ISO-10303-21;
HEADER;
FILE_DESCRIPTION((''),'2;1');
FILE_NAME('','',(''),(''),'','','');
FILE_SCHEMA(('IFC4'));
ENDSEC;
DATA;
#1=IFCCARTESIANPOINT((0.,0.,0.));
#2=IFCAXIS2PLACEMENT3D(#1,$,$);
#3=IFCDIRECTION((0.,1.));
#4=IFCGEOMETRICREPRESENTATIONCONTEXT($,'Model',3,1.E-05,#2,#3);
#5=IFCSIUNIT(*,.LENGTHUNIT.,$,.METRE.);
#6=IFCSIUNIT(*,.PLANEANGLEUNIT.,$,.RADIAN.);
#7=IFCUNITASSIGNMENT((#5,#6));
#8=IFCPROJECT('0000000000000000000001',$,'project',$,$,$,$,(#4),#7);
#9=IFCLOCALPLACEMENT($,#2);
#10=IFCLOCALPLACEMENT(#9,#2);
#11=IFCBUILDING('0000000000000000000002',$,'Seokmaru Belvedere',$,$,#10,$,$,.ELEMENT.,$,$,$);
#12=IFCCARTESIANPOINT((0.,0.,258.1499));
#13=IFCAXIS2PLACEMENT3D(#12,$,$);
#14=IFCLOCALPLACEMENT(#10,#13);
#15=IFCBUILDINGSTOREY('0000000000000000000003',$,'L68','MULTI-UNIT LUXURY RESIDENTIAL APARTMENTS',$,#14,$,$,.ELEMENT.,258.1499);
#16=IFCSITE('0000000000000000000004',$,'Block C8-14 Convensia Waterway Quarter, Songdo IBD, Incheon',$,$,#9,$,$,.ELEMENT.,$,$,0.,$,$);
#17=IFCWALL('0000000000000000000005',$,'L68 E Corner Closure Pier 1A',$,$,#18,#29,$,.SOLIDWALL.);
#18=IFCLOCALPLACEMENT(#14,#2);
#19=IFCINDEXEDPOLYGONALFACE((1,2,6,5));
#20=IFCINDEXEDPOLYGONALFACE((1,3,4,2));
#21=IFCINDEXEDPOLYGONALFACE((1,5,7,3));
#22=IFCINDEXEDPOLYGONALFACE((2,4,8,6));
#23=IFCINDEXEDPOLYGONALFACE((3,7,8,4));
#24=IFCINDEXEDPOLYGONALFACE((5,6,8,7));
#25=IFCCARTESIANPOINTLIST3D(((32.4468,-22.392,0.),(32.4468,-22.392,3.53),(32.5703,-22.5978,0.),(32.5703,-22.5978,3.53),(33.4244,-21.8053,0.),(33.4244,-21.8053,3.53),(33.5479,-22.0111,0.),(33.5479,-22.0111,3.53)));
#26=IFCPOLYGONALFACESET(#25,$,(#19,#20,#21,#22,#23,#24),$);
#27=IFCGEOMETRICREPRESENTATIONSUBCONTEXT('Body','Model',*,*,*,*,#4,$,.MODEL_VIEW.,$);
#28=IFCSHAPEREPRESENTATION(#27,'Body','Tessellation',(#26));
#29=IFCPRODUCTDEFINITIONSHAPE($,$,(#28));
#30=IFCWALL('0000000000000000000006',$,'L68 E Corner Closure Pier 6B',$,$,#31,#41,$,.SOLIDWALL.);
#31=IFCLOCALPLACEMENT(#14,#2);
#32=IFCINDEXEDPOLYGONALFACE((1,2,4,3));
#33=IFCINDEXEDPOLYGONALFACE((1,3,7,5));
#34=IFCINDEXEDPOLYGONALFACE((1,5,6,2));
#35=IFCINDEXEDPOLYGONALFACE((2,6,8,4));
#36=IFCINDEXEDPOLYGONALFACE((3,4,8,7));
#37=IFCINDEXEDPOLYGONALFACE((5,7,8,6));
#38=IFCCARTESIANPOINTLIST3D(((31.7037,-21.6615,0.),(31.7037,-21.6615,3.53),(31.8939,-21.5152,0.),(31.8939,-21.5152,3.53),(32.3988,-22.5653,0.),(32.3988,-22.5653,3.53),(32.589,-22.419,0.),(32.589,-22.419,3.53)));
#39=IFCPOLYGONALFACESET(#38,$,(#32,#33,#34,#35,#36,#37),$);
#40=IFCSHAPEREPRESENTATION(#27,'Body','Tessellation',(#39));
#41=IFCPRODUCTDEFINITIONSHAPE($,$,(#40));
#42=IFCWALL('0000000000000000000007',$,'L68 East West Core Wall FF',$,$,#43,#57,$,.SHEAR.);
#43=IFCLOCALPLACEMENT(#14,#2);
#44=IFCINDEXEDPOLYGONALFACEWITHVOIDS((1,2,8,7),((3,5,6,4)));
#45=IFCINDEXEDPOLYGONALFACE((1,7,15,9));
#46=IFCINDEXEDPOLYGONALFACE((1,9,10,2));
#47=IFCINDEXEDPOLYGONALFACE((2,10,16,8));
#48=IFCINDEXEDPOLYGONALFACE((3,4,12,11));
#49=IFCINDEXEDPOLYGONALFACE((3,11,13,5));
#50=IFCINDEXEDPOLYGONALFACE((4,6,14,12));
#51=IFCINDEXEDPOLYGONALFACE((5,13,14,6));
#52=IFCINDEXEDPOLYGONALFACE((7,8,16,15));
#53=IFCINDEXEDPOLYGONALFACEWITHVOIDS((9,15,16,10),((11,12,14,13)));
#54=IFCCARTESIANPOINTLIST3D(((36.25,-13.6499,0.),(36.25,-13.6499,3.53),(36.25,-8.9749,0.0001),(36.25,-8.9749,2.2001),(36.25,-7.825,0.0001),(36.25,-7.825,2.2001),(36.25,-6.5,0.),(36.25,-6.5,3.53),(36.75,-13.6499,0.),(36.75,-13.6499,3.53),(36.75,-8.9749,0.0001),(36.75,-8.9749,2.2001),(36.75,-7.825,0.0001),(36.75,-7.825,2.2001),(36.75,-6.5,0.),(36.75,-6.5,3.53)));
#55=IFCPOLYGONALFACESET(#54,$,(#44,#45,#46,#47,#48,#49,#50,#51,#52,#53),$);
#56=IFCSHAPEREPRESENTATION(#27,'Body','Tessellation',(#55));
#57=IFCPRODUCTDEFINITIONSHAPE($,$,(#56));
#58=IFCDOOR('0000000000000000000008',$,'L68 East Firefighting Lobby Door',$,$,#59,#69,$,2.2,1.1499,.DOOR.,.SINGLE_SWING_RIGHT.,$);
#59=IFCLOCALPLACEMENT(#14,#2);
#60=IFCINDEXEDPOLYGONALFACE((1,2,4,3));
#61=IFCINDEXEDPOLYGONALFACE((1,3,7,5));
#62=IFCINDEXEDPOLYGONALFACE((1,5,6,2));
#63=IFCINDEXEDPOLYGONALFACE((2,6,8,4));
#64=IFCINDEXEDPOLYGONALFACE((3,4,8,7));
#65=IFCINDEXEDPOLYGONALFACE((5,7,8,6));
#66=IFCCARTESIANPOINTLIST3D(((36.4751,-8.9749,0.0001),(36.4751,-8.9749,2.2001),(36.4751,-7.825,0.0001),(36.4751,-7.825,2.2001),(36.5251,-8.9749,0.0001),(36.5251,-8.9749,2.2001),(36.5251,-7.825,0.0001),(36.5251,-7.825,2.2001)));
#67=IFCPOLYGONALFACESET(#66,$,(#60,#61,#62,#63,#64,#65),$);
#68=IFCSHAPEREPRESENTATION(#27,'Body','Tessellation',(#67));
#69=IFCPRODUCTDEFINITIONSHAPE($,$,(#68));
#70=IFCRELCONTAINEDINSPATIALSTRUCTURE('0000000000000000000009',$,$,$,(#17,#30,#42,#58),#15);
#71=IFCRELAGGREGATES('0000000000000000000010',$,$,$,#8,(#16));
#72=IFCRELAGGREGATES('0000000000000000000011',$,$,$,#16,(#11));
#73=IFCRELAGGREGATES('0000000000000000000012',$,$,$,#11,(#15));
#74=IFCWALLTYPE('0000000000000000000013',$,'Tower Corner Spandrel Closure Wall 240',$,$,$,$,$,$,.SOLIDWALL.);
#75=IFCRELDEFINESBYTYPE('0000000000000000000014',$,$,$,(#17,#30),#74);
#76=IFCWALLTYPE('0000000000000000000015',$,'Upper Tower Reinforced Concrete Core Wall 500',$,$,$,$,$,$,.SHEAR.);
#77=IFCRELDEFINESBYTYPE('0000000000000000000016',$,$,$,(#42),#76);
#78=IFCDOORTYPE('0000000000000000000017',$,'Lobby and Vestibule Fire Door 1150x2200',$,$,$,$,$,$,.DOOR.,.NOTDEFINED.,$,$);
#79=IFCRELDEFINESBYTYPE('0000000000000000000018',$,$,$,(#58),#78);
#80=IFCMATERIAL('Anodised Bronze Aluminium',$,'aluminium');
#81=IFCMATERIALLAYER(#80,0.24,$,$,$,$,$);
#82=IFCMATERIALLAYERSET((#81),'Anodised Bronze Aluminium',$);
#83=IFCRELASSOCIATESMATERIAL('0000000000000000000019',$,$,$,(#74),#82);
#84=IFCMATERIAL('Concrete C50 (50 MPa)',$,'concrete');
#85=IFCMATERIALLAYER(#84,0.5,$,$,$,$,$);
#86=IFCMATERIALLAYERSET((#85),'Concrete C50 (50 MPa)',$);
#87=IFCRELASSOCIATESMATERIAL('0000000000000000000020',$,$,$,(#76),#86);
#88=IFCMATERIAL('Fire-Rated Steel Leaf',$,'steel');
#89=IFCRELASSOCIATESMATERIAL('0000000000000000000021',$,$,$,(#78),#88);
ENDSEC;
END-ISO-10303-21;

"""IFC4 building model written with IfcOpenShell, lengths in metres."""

from ifc_helpers import new_model, si_unit, direction, frame, frame_2d, origin, place, context, subcontext, project, spatial, rectangle, extrude, source, transform, mapped, material, layer, layer_set, type_object, type_shapes, element, fill, save


model = new_model("IFC4")

# Units and contexts
model_context = context("Model", 3, precision=1e-05, world=origin(), true_north=direction((0.0, 1.0)))
body_context = subcontext(model_context, "Body", "Model", "MODEL_VIEW")
ifc_project = project(units=[si_unit("LENGTHUNIT", "METRE"), si_unit("PLANEANGLEUNIT", "RADIAN")], contexts=[model_context])

# Site, building, storey
site_placement = place(None, origin())
site = spatial("IfcSite", under=ifc_project, at=site_placement, Name="Block C8-14 Convensia Waterway Quarter, Songdo IBD, Incheon", CompositionType="ELEMENT", RefElevation=0.0)
building_placement = place(site_placement, origin())
building = spatial("IfcBuilding", under=site, at=building_placement, Name="Seokmaru Belvedere", CompositionType="ELEMENT")
storey_placement = place(building_placement, frame((0.0, 0.0, 258.1499)))
storey = spatial("IfcBuildingStorey", under=building, at=storey_placement, Name="L68", Description="MULTI-UNIT LUXURY RESIDENTIAL APARTMENTS", CompositionType="ELEMENT", Elevation=258.1499)

# Shared definitions
ifc_material_1 = material(Name="Anodised Bronze Aluminium", Category="aluminium")

# Shared definitions
ifc_material_2 = material(Name="Fire-Rated Steel Leaf", Category="steel")

# Walls
ifc_layer_1 = layer(ifc_material_1, 0.24)
ifc_layer_set_1 = layer_set([ifc_layer_1], Name="Anodised Bronze Aluminium")
wall_type_1 = type_object("IfcWallType", Name="Tower Corner Spandrel Closure Wall 240", PredefinedType="SOLIDWALL", material=ifc_layer_set_1)
for number, where, z_axis, x_axis, name in (
    (1, (32.5085, -22.4949, 0.0), (0.0, 0.0, 1.0), (0.857436, 0.51459, 0.0), "L68 E Corner Closure Pier 1A"),
    (2, (31.7988, -21.5884, 0.0), (0.0, 0.0, 1.0), (0.609618, -0.792696, 0.0), "L68 E Corner Closure Pier 6B"),
):
    element("IfcWall", number, at=place(storey_placement, frame(where, z_axis=z_axis, x_axis=x_axis)), inside=storey, type_object=wall_type_1, Name=name, PredefinedType="SOLIDWALL", context=body_context, shape_type="SweptSolid", body=[
        extrude(rectangle(XDim=1.1401, YDim=0.24, at=frame_2d((0.5701, 0.0))), origin(), (0.0, 0.0, 1.0), 3.53),
    ])

# Wall, opening, door
ifc_material_3 = material(Name="Concrete C50 (50 MPa)", Category="concrete")
ifc_layer_2 = layer(ifc_material_3, 0.5)
ifc_layer_set_2 = layer_set([ifc_layer_2], Name="Concrete C50 (50 MPa)")
wall_type_2 = type_object("IfcWallType", Name="Upper Tower Reinforced Concrete Core Wall 500", PredefinedType="SHEAR", material=ifc_layer_set_2)
wall_1_placement = place(storey_placement, frame((36.5, -13.6499, 0.0), z_axis=(0.0, 0.0, 1.0), x_axis=(0.0, 1.0, 0.0)))
wall_1 = element("IfcWall", 3, at=wall_1_placement, inside=storey, type_object=wall_type_2, Name="L68 East West Core Wall FF", PredefinedType="SHEAR", context=body_context, shape_type="SweptSolid", body=[
    extrude(rectangle(XDim=7.1499, YDim=0.5, at=frame_2d((3.575, 0.0))), origin(), (0.0, 0.0, 1.0), 3.53),
])
opening_1_placement = place(wall_1_placement, frame((4.675, 0.0, 0.0)))
opening_1 = element("IfcOpeningElement", 4, at=opening_1_placement, cuts=wall_1, PredefinedType="OPENING", context=body_context, shape_type="SweptSolid", body=[
    extrude(rectangle(XDim=1.1499, YDim=2.2, at=frame_2d((0.575, 1.1001))), frame((0.0, 0.26, 0.0), z_axis=(0.0, -1.0, 0.0), x_axis=(1.0, 0.0, 0.0)), (0.0, 0.0, 1.0), 0.52),
])
door_type_1 = type_object("IfcDoorType", Name="Lobby and Vestibule Fire Door 1150x2200", OperationType="NOTDEFINED", PredefinedType="DOOR", material=ifc_material_2)
shared_shape_1 = source(origin(), body_context, "Body", "SweptSolid", [
    extrude(rectangle(XDim=1.1499, YDim=2.2, at=frame_2d((0.575, 1.1001))), frame((0.0, 0.0249, 0.0), z_axis=(0.0, -1.0, 0.0), x_axis=(1.0, 0.0, 0.0)), (0.0, 0.0, 1.0), 0.05),
])
type_shapes(door_type_1, [shared_shape_1])
door_1_placement = place(opening_1_placement, origin())
door_1 = element("IfcDoor", 5, at=door_1_placement, inside=storey, type_object=door_type_1, Name="L68 East Firefighting Lobby Door", OperationType="SINGLE_SWING_RIGHT", OverallHeight=2.2, OverallWidth=1.1499, PredefinedType="DOOR", context=body_context, shape_type="MappedRepresentation", body=[
    mapped(shared_shape_1, transform((0.0, 0.0, 0.0), scale=1.0)),
])
fill(opening_1, door_1)

save(model, "model.ifc")
